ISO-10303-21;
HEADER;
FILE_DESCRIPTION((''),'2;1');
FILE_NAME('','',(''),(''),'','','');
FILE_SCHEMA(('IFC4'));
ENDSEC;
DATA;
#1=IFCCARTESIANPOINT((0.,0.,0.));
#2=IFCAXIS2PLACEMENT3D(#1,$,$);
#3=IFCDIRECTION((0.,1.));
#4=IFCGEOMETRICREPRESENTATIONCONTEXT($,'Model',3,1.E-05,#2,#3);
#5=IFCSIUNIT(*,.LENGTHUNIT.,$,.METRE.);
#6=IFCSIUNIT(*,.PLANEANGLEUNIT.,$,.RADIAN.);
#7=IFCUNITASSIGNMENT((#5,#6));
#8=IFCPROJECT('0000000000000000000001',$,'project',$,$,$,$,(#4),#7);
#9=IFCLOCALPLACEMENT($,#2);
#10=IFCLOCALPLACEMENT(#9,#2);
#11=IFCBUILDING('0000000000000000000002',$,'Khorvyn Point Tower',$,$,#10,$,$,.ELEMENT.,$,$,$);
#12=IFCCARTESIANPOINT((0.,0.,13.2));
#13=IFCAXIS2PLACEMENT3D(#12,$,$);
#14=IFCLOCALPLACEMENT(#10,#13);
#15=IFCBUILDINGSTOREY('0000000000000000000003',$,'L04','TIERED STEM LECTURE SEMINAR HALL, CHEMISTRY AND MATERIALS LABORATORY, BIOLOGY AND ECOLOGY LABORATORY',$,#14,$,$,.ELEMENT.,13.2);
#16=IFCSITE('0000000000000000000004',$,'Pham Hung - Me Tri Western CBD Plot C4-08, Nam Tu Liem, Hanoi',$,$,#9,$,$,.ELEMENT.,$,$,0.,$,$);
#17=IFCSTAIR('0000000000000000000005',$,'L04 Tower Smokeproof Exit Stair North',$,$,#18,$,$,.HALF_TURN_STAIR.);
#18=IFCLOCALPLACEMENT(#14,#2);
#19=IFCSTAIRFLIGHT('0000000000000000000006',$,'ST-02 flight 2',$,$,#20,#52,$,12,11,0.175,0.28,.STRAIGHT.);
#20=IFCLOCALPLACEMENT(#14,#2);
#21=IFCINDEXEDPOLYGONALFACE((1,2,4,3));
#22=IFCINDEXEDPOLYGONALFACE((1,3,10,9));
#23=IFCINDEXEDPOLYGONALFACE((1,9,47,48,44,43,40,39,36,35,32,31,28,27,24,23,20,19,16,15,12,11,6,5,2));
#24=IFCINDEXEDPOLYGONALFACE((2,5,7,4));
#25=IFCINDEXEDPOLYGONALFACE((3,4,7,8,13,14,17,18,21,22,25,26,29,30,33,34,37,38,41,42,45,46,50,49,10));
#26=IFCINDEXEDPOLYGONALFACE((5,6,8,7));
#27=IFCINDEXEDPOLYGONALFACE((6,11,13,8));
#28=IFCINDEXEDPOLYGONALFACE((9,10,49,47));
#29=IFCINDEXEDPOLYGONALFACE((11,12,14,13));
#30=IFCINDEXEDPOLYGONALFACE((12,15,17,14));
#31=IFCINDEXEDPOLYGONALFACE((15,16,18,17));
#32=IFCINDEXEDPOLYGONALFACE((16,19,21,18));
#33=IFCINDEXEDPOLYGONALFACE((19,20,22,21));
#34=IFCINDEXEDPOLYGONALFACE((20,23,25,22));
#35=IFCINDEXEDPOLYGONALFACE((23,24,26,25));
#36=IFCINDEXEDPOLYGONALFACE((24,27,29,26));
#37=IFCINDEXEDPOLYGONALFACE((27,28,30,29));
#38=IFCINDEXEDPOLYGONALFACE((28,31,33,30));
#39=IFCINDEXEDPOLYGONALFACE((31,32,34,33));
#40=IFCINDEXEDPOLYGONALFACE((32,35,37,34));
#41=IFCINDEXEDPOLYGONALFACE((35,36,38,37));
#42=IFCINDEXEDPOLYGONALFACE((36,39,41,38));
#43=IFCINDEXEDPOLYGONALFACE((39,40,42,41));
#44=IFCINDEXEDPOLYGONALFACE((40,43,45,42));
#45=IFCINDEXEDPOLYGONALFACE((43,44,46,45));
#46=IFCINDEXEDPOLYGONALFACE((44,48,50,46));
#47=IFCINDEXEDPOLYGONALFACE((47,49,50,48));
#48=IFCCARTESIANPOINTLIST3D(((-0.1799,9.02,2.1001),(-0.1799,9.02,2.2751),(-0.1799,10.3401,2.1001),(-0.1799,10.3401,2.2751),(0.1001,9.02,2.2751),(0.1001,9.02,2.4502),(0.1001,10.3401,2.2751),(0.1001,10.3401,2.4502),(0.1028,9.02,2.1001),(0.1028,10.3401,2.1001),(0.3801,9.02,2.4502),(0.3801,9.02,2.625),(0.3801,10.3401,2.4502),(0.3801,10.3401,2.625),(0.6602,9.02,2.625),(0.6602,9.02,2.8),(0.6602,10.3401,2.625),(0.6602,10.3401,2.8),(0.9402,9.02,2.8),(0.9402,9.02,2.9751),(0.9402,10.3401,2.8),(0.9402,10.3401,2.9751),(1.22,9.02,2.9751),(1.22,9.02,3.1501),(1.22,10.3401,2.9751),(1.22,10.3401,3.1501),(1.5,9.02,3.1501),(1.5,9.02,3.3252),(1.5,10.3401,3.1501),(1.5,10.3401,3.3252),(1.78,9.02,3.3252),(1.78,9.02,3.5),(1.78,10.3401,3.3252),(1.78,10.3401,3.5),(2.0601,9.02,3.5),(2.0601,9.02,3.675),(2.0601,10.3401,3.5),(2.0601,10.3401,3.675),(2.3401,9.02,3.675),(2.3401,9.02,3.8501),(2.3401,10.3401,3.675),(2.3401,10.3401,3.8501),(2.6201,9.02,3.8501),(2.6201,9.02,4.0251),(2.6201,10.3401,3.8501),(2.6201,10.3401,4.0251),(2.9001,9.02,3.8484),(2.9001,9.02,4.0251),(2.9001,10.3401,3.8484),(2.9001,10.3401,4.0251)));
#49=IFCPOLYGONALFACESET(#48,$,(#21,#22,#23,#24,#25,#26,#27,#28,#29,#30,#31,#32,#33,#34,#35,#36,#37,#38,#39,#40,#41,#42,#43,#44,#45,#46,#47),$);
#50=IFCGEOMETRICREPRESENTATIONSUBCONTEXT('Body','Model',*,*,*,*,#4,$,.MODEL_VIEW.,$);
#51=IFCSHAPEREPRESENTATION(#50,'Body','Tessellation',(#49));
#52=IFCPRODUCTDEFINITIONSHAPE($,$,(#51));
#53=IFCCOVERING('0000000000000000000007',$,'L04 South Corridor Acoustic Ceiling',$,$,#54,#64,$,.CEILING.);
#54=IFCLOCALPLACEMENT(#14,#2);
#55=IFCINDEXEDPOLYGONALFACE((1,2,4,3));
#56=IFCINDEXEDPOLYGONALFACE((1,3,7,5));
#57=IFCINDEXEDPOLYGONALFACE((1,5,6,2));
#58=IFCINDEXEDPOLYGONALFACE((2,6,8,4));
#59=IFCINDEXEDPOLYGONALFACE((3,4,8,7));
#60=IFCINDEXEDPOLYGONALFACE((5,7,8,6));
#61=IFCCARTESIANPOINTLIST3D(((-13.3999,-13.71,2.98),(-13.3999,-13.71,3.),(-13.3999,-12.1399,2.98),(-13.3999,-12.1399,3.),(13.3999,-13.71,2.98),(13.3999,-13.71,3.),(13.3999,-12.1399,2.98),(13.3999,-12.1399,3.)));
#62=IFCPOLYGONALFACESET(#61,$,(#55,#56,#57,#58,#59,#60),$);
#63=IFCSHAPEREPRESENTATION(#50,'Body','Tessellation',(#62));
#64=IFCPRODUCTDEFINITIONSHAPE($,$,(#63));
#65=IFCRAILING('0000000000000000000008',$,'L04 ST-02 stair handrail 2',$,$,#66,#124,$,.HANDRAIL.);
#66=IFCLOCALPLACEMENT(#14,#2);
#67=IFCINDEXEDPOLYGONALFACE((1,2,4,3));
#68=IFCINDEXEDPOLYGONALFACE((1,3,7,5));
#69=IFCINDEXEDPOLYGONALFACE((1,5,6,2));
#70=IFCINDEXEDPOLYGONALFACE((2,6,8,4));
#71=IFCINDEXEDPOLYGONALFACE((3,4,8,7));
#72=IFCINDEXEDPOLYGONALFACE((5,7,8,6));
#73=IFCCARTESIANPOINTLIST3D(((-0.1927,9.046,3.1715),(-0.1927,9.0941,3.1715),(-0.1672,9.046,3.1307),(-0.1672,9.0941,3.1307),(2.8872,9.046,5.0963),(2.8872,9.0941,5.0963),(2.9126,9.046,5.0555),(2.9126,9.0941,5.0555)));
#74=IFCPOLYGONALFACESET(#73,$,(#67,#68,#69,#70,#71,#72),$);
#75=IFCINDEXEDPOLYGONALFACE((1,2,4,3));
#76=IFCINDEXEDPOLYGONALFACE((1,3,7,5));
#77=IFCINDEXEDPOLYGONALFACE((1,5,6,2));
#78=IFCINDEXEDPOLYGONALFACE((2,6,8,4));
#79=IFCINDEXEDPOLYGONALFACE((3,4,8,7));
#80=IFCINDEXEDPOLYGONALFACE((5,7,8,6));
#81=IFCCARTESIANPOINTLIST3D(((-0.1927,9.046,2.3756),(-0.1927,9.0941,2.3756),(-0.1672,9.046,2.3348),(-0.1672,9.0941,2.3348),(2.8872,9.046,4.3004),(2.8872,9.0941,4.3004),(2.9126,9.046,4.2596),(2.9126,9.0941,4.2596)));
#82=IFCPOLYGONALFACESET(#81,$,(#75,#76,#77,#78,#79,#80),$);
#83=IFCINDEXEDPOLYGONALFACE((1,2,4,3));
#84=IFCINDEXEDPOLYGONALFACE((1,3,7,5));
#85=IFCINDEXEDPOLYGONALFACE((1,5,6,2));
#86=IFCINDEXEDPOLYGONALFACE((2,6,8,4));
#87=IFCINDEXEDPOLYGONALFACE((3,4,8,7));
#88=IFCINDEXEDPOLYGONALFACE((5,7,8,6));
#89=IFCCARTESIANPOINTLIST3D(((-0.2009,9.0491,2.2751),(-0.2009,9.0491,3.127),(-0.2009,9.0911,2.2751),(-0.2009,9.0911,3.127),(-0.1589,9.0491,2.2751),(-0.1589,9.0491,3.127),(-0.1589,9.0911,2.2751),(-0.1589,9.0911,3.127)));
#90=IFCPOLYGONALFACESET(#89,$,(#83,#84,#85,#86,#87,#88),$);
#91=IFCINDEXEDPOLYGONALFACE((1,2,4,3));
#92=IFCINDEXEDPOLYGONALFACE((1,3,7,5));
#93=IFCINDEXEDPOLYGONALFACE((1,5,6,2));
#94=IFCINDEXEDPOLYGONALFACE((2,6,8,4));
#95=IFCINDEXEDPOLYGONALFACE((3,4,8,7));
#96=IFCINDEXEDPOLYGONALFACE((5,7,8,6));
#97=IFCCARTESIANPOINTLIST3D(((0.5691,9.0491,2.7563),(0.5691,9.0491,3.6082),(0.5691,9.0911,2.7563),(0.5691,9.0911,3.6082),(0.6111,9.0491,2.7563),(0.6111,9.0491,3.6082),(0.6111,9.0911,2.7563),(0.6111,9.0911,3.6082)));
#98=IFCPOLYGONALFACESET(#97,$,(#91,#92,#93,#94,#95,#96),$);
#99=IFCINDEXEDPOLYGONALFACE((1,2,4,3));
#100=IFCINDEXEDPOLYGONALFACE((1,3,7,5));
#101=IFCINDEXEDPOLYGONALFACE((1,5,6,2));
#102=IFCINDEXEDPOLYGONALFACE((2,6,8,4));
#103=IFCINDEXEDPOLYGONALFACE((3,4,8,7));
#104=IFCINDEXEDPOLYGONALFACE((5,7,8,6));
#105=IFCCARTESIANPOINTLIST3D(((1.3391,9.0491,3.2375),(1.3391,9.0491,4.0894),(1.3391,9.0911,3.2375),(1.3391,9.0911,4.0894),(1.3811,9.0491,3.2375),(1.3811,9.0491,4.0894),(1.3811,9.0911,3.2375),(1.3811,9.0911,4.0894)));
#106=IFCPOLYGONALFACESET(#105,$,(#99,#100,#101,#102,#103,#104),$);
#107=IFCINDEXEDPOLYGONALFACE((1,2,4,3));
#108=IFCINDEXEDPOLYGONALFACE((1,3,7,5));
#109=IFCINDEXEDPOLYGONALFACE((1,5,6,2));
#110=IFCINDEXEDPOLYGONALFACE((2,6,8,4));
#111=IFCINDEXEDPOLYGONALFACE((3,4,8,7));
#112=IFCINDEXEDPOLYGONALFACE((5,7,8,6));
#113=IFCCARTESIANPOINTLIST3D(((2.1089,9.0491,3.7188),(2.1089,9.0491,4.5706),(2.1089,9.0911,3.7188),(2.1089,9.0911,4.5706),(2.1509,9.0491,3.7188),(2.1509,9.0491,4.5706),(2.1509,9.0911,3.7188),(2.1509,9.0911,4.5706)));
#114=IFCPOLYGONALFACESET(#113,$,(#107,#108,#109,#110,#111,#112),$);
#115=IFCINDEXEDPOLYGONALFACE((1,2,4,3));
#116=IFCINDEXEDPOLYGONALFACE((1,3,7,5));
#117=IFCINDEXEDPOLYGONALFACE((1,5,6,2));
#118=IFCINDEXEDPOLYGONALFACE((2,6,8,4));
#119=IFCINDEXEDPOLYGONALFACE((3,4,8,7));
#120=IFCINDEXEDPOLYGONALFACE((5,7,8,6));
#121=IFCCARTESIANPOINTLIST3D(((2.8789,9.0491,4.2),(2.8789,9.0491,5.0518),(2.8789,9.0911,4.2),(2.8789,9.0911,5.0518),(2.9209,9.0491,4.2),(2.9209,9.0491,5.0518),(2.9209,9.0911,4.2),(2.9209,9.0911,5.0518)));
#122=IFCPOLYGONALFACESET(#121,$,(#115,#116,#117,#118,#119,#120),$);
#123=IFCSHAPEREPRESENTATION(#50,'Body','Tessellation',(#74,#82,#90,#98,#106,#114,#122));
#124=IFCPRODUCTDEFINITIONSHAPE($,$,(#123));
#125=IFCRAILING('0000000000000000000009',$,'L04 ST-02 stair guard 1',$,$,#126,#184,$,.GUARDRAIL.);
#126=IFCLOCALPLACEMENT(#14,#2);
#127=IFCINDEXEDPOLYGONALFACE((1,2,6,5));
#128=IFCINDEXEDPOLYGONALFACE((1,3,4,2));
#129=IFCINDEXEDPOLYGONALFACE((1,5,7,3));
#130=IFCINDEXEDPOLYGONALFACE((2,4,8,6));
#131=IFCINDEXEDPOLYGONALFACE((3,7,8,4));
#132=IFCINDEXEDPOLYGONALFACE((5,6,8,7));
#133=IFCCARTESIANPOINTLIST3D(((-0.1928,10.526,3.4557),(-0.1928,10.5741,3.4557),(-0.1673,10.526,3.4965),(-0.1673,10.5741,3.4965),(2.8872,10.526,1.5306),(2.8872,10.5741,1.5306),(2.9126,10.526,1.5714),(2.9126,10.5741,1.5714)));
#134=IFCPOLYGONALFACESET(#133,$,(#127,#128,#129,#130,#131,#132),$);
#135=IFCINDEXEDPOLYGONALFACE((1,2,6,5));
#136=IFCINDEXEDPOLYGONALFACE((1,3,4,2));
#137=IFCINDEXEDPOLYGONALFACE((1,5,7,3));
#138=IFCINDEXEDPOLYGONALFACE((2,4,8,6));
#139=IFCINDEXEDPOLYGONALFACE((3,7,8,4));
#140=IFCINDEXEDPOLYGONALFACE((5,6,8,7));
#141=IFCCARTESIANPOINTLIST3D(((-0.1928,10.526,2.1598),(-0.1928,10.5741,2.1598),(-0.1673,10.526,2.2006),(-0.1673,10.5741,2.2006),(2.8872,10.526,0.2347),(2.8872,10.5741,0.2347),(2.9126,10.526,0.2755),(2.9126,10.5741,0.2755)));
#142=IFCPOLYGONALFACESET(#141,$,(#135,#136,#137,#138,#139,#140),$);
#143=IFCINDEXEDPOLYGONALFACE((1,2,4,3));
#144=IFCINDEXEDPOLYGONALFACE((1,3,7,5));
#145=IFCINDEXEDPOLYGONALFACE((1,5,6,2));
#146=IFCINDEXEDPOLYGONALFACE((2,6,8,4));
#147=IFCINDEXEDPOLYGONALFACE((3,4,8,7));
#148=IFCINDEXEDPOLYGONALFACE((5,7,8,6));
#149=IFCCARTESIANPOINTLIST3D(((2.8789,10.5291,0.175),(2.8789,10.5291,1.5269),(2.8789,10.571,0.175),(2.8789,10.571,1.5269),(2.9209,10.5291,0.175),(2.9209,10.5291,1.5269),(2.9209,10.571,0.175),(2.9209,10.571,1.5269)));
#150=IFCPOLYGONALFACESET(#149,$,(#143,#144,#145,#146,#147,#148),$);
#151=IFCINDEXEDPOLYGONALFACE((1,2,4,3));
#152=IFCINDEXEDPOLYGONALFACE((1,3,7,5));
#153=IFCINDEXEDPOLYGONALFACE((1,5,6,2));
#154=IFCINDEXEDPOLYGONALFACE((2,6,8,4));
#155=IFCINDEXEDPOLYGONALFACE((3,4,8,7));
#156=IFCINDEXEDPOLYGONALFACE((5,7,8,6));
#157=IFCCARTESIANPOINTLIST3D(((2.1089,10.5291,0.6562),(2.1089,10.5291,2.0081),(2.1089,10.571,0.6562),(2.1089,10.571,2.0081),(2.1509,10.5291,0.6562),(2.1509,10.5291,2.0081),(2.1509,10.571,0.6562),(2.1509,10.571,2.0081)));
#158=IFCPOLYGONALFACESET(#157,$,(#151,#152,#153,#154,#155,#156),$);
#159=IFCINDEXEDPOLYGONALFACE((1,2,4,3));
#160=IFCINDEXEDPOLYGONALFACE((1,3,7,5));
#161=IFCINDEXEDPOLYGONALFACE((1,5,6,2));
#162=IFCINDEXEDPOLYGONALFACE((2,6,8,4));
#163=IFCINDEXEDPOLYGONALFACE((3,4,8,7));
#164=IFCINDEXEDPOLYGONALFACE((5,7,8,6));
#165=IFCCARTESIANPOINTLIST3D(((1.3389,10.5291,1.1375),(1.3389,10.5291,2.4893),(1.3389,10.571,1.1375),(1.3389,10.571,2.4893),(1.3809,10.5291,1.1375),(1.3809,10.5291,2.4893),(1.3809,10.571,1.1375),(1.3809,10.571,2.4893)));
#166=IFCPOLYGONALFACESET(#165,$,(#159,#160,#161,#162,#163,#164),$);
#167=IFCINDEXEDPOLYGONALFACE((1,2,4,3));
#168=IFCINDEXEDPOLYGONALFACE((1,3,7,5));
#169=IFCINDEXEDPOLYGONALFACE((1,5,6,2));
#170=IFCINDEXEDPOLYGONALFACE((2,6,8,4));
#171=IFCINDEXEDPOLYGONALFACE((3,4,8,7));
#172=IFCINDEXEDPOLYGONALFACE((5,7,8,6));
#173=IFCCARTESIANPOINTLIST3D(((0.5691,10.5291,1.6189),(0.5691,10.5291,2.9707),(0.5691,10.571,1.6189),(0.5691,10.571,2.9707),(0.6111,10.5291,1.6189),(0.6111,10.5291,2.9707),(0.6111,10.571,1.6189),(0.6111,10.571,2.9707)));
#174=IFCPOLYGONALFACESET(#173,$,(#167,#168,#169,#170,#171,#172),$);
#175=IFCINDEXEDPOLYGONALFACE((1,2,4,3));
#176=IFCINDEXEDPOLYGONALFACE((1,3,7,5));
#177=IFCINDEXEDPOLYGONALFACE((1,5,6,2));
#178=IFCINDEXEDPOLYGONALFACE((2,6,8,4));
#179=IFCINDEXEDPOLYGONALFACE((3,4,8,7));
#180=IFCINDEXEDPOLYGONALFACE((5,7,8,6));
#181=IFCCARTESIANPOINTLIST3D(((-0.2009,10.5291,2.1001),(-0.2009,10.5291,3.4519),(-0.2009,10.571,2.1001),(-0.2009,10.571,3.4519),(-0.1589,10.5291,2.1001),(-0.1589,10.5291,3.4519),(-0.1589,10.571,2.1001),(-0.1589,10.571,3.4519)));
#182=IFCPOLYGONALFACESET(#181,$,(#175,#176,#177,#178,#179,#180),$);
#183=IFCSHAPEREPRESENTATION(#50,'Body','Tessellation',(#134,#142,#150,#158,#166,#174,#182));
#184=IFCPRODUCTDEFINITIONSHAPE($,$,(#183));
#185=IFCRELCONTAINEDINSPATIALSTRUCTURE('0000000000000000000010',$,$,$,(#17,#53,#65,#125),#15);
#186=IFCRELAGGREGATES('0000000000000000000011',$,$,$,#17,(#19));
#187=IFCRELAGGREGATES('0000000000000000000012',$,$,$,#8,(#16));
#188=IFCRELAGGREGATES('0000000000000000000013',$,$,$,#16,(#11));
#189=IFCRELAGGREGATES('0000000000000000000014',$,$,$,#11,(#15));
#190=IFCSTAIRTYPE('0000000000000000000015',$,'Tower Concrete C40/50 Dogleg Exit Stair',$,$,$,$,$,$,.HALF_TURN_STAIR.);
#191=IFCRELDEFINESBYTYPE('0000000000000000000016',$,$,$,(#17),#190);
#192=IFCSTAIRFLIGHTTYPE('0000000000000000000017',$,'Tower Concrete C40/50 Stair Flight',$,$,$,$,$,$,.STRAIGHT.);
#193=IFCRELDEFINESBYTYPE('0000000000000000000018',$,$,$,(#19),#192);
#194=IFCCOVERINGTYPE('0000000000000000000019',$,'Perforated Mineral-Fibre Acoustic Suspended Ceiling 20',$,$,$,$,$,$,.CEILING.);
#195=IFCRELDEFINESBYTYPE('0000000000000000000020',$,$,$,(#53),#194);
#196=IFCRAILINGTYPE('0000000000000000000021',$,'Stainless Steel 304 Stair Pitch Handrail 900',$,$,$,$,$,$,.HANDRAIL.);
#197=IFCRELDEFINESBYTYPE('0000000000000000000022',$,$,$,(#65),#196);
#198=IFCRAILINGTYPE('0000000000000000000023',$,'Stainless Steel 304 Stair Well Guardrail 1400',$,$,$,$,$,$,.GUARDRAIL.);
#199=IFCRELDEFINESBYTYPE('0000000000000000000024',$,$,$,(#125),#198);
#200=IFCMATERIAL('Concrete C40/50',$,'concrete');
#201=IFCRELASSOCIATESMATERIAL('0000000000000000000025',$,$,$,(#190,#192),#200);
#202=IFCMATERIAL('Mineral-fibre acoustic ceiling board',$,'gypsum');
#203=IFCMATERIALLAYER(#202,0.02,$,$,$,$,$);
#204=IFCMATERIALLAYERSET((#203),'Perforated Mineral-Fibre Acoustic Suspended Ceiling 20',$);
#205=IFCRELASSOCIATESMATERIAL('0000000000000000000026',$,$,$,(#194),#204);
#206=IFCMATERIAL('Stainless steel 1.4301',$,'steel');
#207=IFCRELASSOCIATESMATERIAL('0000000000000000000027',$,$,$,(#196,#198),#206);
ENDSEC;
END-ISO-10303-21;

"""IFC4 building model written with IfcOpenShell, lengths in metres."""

from ifc_helpers import new_model, si_unit, direction, frame, origin, origin_2d, place, context, subcontext, project, spatial, polyline, rectangle, outline, extrude, material, layer, layer_set, type_object, element, aggregate, save


model = new_model("IFC4")

# Units and contexts
model_context = context("Model", 3, precision=1e-05, world=origin(), true_north=direction((0.0, 1.0)))
body_context = subcontext(model_context, "Body", "Model", "MODEL_VIEW")
ifc_project = project(units=[si_unit("LENGTHUNIT", "METRE"), si_unit("PLANEANGLEUNIT", "RADIAN")], contexts=[model_context])

# Site, building, storey
site_placement = place(None, origin())
site = spatial("IfcSite", under=ifc_project, at=site_placement, Name="Pham Hung - Me Tri Western CBD Plot C4-08, Nam Tu Liem, Hanoi", CompositionType="ELEMENT", RefElevation=0.0)
building_placement = place(site_placement, origin())
building = spatial("IfcBuilding", under=site, at=building_placement, Name="Khorvyn Point Tower", CompositionType="ELEMENT")
storey_placement = place(building_placement, frame((0.0, 0.0, 13.2)))
storey = spatial("IfcBuildingStorey", under=building, at=storey_placement, Name="L04", Description="TIERED STEM LECTURE SEMINAR HALL, CHEMISTRY AND MATERIALS LABORATORY, BIOLOGY AND ECOLOGY LABORATORY", CompositionType="ELEMENT", Elevation=13.2)

# Shared definitions
ifc_material_1 = material(Name="Concrete C40/50", Category="concrete")

# Shared definitions
ifc_material_2 = material(Name="Stainless steel 1.4301", Category="steel")

# Stair, stair flight
stair_type = type_object("IfcStairType", Name="Tower Concrete C40/50 Dogleg Exit Stair", PredefinedType="HALF_TURN_STAIR", material=ifc_material_1)
stair_placement = place(storey_placement, origin())
stair = element("IfcStair", 1, at=stair_placement, inside=storey, type_object=stair_type, Name="L04 Tower Smokeproof Exit Stair North", PredefinedType="HALF_TURN_STAIR")
stair_flight_type = type_object("IfcStairFlightType", Name="Tower Concrete C40/50 Stair Flight", PredefinedType="STRAIGHT", material=ifc_material_1)
stair_flight_placement = place(storey_placement, frame((-0.1799, 9.6799, 2.1001), z_axis=(0.0, 0.0, 1.0), x_axis=(1.0, 0.0, 0.0)))
stair_flight = element("IfcStairFlight", 2, at=stair_flight_placement, type_object=stair_flight_type, Name="ST-02 flight 2", NumberOfRisers=12, NumberOfTreads=11, PredefinedType="STRAIGHT", RiserHeight=0.175, TreadLength=0.28, context=body_context, shape_type="SweptSolid", body=[
    extrude(outline(polyline([(0.0, 0.0), (0.0, 0.175), (0.28, 0.175), (0.28, 0.3501), (0.5601, 0.3501), (0.5601, 0.5249), (0.8401, 0.5249), (0.8401, 0.7), (1.1201, 0.7), (1.1201, 0.875), (1.3999, 0.875), (1.3999, 1.05), (1.6799, 1.05), (1.6799, 1.2251), (1.96, 1.2251), (1.96, 1.3999), (2.24, 1.3999), (2.24, 1.575), (2.52, 1.575), (2.52, 1.75), (2.8, 1.75), (2.8, 1.925), (3.0801, 1.925), (3.0801, 2.1001), (3.0801, 1.7483), (0.2827, 0.0), (0.0, 0.0)])), frame((0.0, 0.6602, 0.0), z_axis=(0.0, -1.0, 0.0), x_axis=(1.0, 0.0, 0.0)), (0.0, 0.0, 1.0), 1.3201),
])
aggregate(stair, [stair_flight])

# Covering
ifc_material_3 = material(Name="Mineral-fibre acoustic ceiling board", Category="gypsum")
ifc_layer_1 = layer(ifc_material_3, 0.02)
ifc_layer_set_1 = layer_set([ifc_layer_1], Name="Perforated Mineral-Fibre Acoustic Suspended Ceiling 20")
covering_type = type_object("IfcCoveringType", Name="Perforated Mineral-Fibre Acoustic Suspended Ceiling 20", PredefinedType="CEILING", material=ifc_layer_set_1)
covering_placement = place(storey_placement, frame((0.0, 0.0, 2.98)))
element("IfcCovering", 3, at=covering_placement, inside=storey, type_object=covering_type, Name="L04 South Corridor Acoustic Ceiling", PredefinedType="CEILING", context=body_context, shape_type="SweptSolid", body=[
    extrude(outline(polyline([(-13.3999, -13.71), (13.3999, -13.71), (13.3999, -12.1399), (-13.3999, -12.1399), (-13.3999, -13.71)])), origin(), (0.0, 0.0, 1.0), 0.02),
])

# Railings
railing_type_1 = type_object("IfcRailingType", Name="Stainless Steel 304 Stair Pitch Handrail 900", PredefinedType="HANDRAIL", material=ifc_material_2)
railing_1_placement = place(storey_placement, frame((-0.1799, 9.0701, 2.2751)))
element("IfcRailing", 4, at=railing_1_placement, inside=storey, type_object=railing_type_1, Name="L04 ST-02 stair handrail 2", PredefinedType="HANDRAIL", context=body_context, shape_type="SweptSolid", body=[
    extrude(rectangle(XDim=0.0481, YDim=0.0481, at=origin_2d()), frame((0.0, 0.0, 0.876), z_axis=(0.84801, 0.0, 0.529981), x_axis=(0.0, 1.0, 0.0)), (0.0, 0.0, 1.0), 3.6318),
    extrude(rectangle(XDim=0.0481, YDim=0.0481, at=origin_2d()), frame((0.0, 0.0, 0.0801), z_axis=(0.84801, 0.0, 0.529981), x_axis=(0.0, 1.0, 0.0)), (0.0, 0.0, 1.0), 3.6318),
    extrude(rectangle(XDim=0.042, YDim=0.042, at=origin_2d()), origin(), (0.0, 0.0, 1.0), 0.8518),
    extrude(rectangle(XDim=0.042, YDim=0.042, at=origin_2d()), frame((0.77, 0.0, 0.4812)), (0.0, 0.0, 1.0), 0.8518),
    extrude(rectangle(XDim=0.042, YDim=0.042, at=origin_2d()), frame((1.54, 0.0, 0.9624)), (0.0, 0.0, 1.0), 0.8518),
    extrude(rectangle(XDim=0.042, YDim=0.042, at=origin_2d()), frame((2.3098, 0.0, 1.4436)), (0.0, 0.0, 1.0), 0.8518),
    extrude(rectangle(XDim=0.042, YDim=0.042, at=origin_2d()), frame((3.0798, 0.0, 1.9248)), (0.0, 0.0, 1.0), 0.8518),
])
railing_type_2 = type_object("IfcRailingType", Name="Stainless Steel 304 Stair Well Guardrail 1400", PredefinedType="GUARDRAIL", material=ifc_material_2)
railing_2_placement = place(storey_placement, frame((2.8999, 10.55, 0.175)))
element("IfcRailing", 5, at=railing_2_placement, inside=storey, type_object=railing_type_2, Name="L04 ST-02 stair guard 1", PredefinedType="GUARDRAIL", context=body_context, shape_type="SweptSolid", body=[
    extrude(rectangle(XDim=0.0481, YDim=0.0481, at=origin_2d()), frame((0.0, 0.0, 1.376), z_axis=(-0.847979, 0.0, 0.530029), x_axis=(0.0, -1.0, 0.0)), (0.0, 0.0, 1.0), 3.6321),
    extrude(rectangle(XDim=0.0481, YDim=0.0481, at=origin_2d()), frame((0.0, 0.0, 0.0801), z_axis=(-0.847979, 0.0, 0.530029), x_axis=(0.0, -1.0, 0.0)), (0.0, 0.0, 1.0), 3.6321),
    extrude(rectangle(XDim=0.042, YDim=0.042, at=origin_2d()), origin(), (0.0, 0.0, 1.0), 1.3518),
    extrude(rectangle(XDim=0.042, YDim=0.042, at=origin_2d()), frame((-0.77, 0.0, 0.4812)), (0.0, 0.0, 1.0), 1.3518),
    extrude(rectangle(XDim=0.042, YDim=0.042, at=origin_2d()), frame((-1.54, 0.0, 0.9624)), (0.0, 0.0, 1.0), 1.3518),
    extrude(rectangle(XDim=0.042, YDim=0.042, at=origin_2d()), frame((-2.3098, 0.0, 1.4438)), (0.0, 0.0, 1.0), 1.3518),
    extrude(rectangle(XDim=0.042, YDim=0.042, at=origin_2d()), frame((-3.0798, 0.0, 1.925)), (0.0, 0.0, 1.0), 1.3518),
])

save(model, "model.ifc")
